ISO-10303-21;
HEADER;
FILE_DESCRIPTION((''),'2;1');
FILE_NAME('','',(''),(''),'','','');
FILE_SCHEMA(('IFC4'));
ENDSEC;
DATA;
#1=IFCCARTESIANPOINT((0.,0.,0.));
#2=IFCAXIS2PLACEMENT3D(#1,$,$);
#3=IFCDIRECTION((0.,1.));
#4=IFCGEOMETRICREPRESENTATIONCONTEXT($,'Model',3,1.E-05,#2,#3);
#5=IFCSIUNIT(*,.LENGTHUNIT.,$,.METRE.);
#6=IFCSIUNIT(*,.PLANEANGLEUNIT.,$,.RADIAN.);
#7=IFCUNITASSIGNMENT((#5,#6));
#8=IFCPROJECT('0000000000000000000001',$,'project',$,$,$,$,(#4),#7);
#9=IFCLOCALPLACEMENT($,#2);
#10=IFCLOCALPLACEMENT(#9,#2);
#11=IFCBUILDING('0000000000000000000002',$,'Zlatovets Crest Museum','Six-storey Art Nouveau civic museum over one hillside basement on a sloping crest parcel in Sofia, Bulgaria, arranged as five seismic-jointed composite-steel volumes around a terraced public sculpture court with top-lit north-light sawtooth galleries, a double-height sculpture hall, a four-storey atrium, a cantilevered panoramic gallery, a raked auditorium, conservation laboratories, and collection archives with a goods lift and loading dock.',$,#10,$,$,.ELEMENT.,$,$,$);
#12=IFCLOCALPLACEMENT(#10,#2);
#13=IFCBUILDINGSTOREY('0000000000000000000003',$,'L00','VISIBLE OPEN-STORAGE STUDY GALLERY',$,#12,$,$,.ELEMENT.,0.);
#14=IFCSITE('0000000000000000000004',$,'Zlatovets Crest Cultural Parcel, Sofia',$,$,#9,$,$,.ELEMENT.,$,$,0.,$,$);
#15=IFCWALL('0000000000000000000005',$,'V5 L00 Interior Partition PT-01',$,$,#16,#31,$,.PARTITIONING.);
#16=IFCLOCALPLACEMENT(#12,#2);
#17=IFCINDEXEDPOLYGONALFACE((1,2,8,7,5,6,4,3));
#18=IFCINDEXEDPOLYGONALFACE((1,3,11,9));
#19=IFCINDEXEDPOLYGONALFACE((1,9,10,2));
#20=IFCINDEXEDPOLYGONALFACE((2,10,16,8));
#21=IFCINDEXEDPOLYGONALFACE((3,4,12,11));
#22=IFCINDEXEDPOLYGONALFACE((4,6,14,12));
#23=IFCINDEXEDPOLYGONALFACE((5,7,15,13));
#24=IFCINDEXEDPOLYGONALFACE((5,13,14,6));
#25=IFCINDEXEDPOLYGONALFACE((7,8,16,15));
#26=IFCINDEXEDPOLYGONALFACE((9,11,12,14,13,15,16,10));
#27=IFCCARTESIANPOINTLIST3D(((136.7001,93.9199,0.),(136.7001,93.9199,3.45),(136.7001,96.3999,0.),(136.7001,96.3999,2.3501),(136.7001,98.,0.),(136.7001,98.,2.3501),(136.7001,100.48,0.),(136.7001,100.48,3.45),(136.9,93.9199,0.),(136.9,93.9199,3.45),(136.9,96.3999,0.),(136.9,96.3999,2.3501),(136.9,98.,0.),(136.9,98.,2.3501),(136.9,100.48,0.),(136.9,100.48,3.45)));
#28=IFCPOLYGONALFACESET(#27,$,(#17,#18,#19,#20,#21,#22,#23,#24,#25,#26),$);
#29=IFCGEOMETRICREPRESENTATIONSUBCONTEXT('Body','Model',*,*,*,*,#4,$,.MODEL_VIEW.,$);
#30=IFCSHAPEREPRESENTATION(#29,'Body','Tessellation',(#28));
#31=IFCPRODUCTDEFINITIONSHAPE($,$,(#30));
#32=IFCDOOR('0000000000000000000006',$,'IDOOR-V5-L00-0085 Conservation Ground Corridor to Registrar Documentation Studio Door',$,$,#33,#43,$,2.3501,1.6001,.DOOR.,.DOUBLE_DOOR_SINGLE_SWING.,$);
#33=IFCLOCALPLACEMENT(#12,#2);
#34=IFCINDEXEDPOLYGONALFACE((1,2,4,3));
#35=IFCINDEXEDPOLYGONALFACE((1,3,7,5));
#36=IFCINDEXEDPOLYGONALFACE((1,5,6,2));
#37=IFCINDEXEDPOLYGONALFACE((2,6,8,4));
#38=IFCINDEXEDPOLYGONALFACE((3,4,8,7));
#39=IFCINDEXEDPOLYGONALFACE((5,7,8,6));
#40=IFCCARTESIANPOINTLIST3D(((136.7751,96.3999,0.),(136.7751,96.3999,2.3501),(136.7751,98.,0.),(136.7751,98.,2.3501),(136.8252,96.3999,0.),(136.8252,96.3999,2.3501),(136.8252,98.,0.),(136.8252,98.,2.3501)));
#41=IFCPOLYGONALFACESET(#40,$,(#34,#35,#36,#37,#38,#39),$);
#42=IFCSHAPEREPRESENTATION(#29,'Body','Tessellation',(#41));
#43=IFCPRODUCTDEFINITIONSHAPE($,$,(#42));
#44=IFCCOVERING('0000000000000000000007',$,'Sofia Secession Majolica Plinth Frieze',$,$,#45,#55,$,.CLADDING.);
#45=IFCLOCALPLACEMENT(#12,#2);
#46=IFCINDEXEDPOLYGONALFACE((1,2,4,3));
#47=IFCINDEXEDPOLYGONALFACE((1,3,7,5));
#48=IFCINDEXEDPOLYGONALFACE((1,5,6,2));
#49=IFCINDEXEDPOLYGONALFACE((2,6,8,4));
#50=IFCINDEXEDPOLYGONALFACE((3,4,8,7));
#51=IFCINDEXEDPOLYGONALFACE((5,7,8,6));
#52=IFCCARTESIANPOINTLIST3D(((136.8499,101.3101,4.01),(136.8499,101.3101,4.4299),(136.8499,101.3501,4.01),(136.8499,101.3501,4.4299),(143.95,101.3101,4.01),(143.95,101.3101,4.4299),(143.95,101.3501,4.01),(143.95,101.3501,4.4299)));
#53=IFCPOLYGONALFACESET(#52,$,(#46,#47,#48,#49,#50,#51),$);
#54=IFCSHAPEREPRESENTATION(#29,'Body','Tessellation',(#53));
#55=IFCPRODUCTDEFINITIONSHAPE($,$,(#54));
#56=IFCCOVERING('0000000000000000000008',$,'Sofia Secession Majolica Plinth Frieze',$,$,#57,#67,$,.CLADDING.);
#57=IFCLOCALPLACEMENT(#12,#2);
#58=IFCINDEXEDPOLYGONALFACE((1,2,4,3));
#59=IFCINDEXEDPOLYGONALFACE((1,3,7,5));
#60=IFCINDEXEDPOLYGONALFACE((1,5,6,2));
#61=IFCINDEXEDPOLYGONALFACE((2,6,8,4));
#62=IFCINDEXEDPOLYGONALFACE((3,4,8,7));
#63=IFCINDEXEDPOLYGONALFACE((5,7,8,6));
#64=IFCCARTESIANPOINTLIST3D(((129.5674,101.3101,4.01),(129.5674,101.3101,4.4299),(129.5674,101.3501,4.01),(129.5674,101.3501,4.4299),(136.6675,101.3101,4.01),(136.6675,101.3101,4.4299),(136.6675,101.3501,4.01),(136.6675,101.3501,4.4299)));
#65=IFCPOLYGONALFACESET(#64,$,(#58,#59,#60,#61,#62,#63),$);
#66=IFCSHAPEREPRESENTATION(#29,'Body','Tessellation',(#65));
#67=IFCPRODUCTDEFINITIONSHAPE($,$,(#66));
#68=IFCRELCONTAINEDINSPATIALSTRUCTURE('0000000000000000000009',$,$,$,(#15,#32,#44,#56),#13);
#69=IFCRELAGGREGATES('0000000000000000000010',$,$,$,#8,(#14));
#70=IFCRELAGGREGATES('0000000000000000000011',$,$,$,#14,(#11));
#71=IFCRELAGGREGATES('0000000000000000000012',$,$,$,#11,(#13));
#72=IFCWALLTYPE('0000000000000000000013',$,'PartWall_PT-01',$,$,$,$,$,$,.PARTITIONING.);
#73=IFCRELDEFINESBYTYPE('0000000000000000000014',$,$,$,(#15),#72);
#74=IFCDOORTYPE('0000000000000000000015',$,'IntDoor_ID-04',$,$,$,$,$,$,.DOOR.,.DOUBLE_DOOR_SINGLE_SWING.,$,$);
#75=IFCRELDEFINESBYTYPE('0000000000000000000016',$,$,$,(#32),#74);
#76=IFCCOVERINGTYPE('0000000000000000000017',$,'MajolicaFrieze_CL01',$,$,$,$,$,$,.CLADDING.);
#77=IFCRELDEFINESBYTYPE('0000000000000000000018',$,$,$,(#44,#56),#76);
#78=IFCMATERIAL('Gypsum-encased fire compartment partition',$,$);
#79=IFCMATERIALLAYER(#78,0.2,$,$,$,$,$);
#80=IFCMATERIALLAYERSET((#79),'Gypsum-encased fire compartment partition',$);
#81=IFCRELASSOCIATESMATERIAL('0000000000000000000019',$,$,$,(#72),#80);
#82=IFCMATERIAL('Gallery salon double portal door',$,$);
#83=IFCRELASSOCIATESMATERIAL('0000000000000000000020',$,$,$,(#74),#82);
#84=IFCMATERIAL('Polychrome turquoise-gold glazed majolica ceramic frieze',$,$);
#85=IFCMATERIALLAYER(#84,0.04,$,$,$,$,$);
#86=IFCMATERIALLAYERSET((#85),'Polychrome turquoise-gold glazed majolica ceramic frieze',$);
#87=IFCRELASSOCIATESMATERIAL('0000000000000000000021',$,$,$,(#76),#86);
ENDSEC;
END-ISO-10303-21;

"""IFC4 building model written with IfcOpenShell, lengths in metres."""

from ifc_helpers import new_model, si_unit, direction, frame, frame_2d, origin, origin_2d, place, context, subcontext, project, spatial, rectangle, extrude, material, layer, layer_set, type_object, element, fill, save


model = new_model("IFC4")

# Units and contexts
model_context = context("Model", 3, precision=1e-05, world=origin(), true_north=direction((0.0, 1.0)))
body_context = subcontext(model_context, "Body", "Model", "MODEL_VIEW")
ifc_project = project(units=[si_unit("LENGTHUNIT", "METRE"), si_unit("PLANEANGLEUNIT", "RADIAN")], contexts=[model_context])

# Site, building, storey
site_placement = place(None, origin())
site = spatial("IfcSite", under=ifc_project, at=site_placement, Name="Zlatovets Crest Cultural Parcel, Sofia", CompositionType="ELEMENT", RefElevation=0.0)
building_placement = place(site_placement, origin())
building = spatial("IfcBuilding", under=site, at=building_placement, Name="Zlatovets Crest Museum", Description="Six-storey Art Nouveau civic museum over one hillside basement on a sloping crest parcel in Sofia, Bulgaria, arranged as five seismic-jointed composite-steel volumes around a terraced public sculpture court with top-lit north-light sawtooth galleries, a double-height sculpture hall, a four-storey atrium, a cantilevered panoramic gallery, a raked auditorium, conservation laboratories, and collection archives with a goods lift and loading dock.", CompositionType="ELEMENT")
storey_placement = place(building_placement, origin())
storey = spatial("IfcBuildingStorey", under=building, at=storey_placement, Name="L00", Description="VISIBLE OPEN-STORAGE STUDY GALLERY", CompositionType="ELEMENT", Elevation=0.0)

# Wall, opening, door
ifc_material_1 = material(Name="Gypsum-encased fire compartment partition")
ifc_layer_1 = layer(ifc_material_1, 0.2)
ifc_layer_set_1 = layer_set([ifc_layer_1], Name="Gypsum-encased fire compartment partition")
wall_type_1 = type_object("IfcWallType", Name="PartWall_PT-01", PredefinedType="PARTITIONING", material=ifc_layer_set_1)
wall_1_placement = place(storey_placement, frame((136.8, 93.9199, 0.0), z_axis=(0.0, 0.0, 1.0), x_axis=(0.0, 1.0, 0.0)))
wall_1 = element("IfcWall", 1, at=wall_1_placement, inside=storey, type_object=wall_type_1, Name="V5 L00 Interior Partition PT-01", PredefinedType="PARTITIONING", context=body_context, shape_type="SweptSolid", body=[
    extrude(rectangle(XDim=6.5601, YDim=0.2, at=frame_2d((3.28, 0.0))), origin(), (0.0, 0.0, 1.0), 3.45),
])
opening_1_placement = place(wall_1_placement, frame((2.48, 0.0, 0.0)))
opening_1 = element("IfcOpeningElement", 2, at=opening_1_placement, cuts=wall_1, PredefinedType="OPENING", context=body_context, shape_type="SweptSolid", body=[
    extrude(rectangle(XDim=1.6001, YDim=2.3501, at=frame_2d((0.8, 1.175))), frame((0.0, 0.1099, 0.0), z_axis=(0.0, -1.0, 0.0), x_axis=(1.0, 0.0, 0.0)), (0.0, 0.0, 1.0), 0.22),
])
ifc_material_2 = material(Name="Gallery salon double portal door")
door_type = type_object("IfcDoorType", Name="IntDoor_ID-04", OperationType="DOUBLE_DOOR_SINGLE_SWING", PredefinedType="DOOR", material=ifc_material_2)
door_placement = place(opening_1_placement, origin())
door = element("IfcDoor", 3, at=door_placement, inside=storey, type_object=door_type, Name="IDOOR-V5-L00-0085 Conservation Ground Corridor to Registrar Documentation Studio Door", OperationType="DOUBLE_DOOR_SINGLE_SWING", OverallHeight=2.3501, OverallWidth=1.6001, PredefinedType="DOOR", context=body_context, shape_type="SweptSolid", body=[
    extrude(rectangle(XDim=1.6001, YDim=2.3501, at=frame_2d((0.8, 1.175))), frame((0.0, 0.0249, 0.0), z_axis=(0.0, -1.0, 0.0), x_axis=(1.0, 0.0, 0.0)), (0.0, 0.0, 1.0), 0.05),
])
fill(opening_1, door)

# Coverings
ifc_material_3 = material(Name="Polychrome turquoise-gold glazed majolica ceramic frieze")
ifc_layer_2 = layer(ifc_material_3, 0.04)
ifc_layer_set_2 = layer_set([ifc_layer_2], Name="Polychrome turquoise-gold glazed majolica ceramic frieze")
covering_type = type_object("IfcCoveringType", Name="MajolicaFrieze_CL01", PredefinedType="CLADDING", material=ifc_layer_set_2)
for number, where, z_axis, x_axis, name in (
    (4, (140.3999, 101.3301, 4.01), (0.0, 0.0, 1.0), (1.0, 0.0, 0.0), "Sofia Secession Majolica Plinth Frieze"),
    (5, (133.1174, 101.3301, 4.01), (0.0, 0.0, 1.0), (1.0, 0.0, 0.0), "Sofia Secession Majolica Plinth Frieze"),
):
    element("IfcCovering", number, at=place(storey_placement, frame(where, z_axis=z_axis, x_axis=x_axis)), inside=storey, type_object=covering_type, Name=name, PredefinedType="CLADDING", context=body_context, shape_type="SweptSolid", body=[
        extrude(rectangle(XDim=7.1001, YDim=0.04, at=origin_2d()), origin(), (0.0, 0.0, 1.0), 0.4199),
    ])

save(model, "model.ifc")
